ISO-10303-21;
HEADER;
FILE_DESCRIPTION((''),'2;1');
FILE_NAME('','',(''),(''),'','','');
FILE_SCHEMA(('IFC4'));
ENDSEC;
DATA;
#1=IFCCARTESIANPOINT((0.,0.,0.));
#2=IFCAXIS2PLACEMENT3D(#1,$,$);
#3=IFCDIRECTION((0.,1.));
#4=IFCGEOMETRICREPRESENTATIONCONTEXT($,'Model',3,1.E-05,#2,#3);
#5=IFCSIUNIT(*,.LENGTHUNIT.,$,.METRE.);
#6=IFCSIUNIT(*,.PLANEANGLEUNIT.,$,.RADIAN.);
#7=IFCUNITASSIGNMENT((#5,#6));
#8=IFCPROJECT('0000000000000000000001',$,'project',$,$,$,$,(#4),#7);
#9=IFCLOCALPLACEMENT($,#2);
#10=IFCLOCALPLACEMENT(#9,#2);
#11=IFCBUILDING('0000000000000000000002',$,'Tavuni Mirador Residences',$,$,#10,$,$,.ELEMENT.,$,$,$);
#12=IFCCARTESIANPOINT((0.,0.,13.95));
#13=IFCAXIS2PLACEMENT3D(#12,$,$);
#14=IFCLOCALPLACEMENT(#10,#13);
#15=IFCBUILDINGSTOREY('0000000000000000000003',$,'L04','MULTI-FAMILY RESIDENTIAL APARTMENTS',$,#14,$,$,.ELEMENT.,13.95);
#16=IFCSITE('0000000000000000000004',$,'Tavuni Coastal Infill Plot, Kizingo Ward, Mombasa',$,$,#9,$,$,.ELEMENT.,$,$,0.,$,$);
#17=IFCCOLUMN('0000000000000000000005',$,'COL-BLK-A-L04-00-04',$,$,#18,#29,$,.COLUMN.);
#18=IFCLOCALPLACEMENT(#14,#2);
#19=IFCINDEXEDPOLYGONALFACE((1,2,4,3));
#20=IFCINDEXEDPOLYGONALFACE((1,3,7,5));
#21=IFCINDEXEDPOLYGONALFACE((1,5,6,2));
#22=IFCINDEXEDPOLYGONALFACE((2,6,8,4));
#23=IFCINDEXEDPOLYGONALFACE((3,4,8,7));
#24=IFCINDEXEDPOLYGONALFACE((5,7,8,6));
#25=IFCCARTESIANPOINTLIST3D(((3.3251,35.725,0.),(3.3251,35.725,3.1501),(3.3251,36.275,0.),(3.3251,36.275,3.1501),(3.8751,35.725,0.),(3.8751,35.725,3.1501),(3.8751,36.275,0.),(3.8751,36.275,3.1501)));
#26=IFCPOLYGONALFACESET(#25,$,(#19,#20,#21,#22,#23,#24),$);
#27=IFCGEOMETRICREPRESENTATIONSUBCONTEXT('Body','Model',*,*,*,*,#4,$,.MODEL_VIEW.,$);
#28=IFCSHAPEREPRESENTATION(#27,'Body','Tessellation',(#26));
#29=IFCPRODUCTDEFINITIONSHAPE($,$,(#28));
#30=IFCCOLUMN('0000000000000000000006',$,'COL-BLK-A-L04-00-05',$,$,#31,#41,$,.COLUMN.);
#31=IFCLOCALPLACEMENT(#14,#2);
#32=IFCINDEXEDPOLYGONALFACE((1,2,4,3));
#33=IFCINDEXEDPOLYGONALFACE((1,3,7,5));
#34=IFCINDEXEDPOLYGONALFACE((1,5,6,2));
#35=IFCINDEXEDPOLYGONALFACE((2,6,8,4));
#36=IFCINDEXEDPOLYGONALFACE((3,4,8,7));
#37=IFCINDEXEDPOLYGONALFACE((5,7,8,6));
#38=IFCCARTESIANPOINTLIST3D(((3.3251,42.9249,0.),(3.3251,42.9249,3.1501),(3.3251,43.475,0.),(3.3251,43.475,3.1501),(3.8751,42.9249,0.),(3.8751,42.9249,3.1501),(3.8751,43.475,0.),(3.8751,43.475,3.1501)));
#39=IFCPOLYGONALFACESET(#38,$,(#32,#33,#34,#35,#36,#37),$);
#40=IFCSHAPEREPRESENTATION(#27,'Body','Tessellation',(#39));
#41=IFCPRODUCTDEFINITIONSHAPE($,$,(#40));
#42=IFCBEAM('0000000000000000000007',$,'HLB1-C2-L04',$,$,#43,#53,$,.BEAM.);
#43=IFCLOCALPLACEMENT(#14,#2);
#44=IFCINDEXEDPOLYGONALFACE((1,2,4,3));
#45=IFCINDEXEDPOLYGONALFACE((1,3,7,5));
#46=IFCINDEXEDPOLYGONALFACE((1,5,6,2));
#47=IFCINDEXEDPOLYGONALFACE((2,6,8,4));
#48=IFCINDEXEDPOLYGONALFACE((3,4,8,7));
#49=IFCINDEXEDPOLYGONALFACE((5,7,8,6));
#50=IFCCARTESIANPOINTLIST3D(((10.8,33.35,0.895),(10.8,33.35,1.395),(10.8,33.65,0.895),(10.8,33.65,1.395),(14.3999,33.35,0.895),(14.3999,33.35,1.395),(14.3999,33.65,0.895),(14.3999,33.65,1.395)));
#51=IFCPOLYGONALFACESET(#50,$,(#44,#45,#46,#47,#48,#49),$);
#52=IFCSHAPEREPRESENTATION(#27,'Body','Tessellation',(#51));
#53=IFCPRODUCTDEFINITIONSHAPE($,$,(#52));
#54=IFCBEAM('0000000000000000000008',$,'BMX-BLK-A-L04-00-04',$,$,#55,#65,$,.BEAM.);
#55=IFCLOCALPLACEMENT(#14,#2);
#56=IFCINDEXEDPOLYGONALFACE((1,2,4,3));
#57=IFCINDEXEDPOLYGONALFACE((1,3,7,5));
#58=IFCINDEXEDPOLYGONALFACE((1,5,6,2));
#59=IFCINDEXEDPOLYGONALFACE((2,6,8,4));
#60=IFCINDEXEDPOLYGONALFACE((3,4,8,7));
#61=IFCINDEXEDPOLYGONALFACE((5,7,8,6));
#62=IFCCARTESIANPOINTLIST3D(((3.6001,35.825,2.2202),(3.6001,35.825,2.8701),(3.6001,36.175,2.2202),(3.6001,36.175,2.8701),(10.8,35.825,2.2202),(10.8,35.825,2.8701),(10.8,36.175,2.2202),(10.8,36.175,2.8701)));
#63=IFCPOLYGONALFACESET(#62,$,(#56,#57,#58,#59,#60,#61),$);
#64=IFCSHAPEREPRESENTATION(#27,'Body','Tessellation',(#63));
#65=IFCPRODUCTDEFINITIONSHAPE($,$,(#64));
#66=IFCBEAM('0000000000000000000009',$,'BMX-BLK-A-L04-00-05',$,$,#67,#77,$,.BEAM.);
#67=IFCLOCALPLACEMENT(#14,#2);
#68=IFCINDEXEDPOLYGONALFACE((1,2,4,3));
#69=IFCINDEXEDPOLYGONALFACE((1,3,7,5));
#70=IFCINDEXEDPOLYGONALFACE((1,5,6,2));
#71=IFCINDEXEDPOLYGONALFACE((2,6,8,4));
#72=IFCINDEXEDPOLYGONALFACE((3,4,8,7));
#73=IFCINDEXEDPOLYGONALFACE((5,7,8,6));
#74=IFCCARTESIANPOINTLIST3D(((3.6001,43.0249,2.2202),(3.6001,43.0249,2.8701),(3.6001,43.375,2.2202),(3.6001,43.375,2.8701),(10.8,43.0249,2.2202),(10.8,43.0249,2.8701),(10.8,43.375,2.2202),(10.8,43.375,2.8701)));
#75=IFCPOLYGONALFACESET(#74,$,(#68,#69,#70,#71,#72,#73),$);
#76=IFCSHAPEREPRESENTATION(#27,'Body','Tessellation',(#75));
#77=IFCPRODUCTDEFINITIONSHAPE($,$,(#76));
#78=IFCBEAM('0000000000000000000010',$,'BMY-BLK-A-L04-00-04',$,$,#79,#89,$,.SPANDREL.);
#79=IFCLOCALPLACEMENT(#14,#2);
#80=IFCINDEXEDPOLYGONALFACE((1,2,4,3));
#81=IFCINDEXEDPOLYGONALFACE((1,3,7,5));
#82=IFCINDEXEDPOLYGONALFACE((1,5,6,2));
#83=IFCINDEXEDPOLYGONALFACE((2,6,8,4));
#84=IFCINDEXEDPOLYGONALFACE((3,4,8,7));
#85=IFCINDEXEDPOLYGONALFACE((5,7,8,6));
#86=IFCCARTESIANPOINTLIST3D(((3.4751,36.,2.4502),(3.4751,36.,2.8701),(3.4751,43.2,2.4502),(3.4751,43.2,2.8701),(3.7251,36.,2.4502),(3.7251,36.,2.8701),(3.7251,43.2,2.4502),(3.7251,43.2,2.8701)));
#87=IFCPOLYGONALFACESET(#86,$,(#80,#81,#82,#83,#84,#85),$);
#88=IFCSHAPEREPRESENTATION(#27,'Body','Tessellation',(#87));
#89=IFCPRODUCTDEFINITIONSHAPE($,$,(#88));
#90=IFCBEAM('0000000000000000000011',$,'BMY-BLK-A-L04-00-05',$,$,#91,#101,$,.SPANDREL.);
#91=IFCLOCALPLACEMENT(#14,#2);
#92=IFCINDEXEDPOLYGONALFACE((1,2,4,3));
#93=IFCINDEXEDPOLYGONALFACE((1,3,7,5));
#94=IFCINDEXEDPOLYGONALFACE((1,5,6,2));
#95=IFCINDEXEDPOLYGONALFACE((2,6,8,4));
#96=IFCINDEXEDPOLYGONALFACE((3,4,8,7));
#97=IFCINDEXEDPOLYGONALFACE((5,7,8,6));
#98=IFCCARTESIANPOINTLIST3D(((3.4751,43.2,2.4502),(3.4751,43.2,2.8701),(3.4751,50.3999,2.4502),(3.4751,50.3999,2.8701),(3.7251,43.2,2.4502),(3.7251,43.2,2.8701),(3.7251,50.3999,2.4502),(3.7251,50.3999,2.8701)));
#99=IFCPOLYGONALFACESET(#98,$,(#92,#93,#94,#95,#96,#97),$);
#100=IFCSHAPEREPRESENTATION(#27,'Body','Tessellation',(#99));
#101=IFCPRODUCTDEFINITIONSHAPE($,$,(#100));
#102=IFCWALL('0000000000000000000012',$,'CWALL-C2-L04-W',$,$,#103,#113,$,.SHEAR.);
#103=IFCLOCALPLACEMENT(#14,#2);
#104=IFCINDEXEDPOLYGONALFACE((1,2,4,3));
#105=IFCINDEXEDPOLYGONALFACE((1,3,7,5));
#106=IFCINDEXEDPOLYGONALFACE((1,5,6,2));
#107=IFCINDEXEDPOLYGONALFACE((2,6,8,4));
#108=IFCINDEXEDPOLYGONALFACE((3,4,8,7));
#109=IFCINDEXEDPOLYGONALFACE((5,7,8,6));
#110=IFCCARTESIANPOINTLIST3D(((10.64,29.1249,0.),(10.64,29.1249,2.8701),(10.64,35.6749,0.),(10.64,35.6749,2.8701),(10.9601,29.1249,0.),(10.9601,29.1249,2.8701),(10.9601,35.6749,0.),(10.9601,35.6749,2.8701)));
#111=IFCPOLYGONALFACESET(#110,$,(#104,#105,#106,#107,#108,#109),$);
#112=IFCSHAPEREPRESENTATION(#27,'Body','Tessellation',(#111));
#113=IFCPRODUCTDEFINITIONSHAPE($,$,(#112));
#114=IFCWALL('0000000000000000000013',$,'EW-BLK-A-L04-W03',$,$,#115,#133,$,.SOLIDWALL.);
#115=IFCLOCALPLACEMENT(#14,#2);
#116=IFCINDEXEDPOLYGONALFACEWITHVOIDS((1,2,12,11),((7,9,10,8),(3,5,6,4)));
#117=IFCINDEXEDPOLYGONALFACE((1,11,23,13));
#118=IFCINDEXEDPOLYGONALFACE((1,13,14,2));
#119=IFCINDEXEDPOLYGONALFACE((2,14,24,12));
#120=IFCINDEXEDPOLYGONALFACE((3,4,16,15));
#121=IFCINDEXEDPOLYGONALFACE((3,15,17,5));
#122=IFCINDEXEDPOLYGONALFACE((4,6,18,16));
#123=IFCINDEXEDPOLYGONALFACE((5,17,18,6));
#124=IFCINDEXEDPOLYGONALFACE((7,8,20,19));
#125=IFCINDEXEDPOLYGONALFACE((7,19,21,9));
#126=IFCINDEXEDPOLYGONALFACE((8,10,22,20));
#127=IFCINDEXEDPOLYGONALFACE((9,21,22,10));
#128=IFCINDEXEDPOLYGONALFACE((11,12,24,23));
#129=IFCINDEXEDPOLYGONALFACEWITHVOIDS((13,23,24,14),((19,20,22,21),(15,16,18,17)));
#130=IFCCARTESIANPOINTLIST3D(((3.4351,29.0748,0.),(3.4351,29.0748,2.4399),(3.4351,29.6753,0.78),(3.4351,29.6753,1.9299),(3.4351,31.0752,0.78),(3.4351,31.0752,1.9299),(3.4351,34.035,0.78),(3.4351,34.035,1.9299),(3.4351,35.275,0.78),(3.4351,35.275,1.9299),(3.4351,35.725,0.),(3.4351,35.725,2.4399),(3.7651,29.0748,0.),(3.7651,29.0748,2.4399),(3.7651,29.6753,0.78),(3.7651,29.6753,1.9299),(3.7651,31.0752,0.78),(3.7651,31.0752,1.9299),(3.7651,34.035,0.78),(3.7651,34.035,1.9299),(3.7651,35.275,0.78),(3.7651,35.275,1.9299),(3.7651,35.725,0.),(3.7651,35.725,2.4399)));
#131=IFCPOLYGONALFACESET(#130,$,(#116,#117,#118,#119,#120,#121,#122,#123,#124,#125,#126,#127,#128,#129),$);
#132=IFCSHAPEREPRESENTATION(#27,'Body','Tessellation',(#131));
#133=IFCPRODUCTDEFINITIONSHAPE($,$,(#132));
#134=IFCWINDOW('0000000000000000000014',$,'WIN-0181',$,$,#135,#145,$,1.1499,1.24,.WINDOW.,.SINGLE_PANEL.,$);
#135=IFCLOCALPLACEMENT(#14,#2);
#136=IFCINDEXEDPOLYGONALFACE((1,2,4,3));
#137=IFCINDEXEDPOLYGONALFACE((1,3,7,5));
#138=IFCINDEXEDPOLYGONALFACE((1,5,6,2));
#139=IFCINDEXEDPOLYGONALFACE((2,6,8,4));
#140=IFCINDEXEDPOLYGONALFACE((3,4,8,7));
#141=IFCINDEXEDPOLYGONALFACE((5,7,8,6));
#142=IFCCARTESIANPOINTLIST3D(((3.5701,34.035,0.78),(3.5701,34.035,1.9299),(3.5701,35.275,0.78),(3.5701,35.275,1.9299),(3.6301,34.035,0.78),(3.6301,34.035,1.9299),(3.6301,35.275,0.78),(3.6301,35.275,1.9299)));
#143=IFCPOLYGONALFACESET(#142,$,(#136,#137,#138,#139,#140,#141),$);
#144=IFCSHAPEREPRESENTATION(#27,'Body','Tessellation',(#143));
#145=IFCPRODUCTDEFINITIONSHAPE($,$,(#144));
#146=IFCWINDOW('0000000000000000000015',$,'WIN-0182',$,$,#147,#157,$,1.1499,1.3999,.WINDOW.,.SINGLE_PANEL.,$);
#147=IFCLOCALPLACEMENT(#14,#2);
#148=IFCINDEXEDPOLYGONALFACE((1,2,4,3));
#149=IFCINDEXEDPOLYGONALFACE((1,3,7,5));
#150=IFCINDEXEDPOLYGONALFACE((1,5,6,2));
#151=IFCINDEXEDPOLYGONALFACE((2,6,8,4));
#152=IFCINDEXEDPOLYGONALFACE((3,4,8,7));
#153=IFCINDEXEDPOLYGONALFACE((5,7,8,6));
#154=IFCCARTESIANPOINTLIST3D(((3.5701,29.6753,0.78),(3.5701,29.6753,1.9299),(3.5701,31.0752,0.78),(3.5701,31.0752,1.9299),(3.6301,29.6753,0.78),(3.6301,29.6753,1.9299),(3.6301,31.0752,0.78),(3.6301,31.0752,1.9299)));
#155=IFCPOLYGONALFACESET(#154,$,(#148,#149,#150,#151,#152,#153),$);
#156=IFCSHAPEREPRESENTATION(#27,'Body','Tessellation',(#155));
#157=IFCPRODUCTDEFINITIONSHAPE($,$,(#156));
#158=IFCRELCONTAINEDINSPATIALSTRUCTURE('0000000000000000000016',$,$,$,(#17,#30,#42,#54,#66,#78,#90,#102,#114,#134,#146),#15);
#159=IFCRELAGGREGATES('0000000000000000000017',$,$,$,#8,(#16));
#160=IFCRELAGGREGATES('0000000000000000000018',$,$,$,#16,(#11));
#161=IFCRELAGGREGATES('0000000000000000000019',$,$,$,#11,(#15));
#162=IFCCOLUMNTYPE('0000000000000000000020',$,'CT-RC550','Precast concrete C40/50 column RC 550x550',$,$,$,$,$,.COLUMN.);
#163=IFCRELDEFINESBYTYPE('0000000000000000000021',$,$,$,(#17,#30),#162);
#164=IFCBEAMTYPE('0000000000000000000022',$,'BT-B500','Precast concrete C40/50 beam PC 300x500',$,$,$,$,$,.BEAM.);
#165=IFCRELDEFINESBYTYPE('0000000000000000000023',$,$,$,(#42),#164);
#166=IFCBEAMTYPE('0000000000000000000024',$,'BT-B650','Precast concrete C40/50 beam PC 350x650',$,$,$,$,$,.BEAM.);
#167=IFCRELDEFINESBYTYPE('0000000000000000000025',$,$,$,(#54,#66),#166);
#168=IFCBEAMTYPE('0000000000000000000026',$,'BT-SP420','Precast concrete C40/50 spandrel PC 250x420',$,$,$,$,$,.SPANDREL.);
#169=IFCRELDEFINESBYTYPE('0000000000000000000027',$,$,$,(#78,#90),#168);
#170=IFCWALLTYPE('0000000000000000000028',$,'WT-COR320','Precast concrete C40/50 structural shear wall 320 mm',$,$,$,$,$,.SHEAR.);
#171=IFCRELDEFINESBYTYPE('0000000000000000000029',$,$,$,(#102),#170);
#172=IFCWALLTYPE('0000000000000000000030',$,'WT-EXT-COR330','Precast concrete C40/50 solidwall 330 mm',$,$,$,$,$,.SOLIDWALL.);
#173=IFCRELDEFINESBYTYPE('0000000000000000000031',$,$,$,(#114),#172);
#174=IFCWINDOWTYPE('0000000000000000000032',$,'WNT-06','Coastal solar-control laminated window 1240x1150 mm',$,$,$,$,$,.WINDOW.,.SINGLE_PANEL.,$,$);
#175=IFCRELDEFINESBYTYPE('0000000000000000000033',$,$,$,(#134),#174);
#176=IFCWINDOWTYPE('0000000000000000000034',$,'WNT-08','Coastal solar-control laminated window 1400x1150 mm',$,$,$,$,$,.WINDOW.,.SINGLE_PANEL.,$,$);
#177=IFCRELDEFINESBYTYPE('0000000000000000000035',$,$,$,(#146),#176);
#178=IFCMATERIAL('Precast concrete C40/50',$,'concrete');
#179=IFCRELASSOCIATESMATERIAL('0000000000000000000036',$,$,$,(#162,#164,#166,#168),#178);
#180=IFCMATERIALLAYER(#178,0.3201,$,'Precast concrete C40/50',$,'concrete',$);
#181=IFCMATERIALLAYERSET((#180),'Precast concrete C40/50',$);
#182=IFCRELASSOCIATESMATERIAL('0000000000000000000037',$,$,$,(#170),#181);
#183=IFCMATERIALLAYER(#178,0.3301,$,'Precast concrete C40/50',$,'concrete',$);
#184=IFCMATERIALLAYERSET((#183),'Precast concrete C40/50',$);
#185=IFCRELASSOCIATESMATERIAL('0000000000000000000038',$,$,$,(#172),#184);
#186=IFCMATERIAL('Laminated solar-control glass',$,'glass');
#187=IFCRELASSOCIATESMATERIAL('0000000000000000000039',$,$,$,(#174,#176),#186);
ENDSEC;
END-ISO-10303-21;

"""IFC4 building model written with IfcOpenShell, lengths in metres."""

from ifc_helpers import new_model, si_unit, direction, frame, frame_2d, origin, origin_2d, place, context, subcontext, project, spatial, rectangle, extrude, material, layer, layer_set, material_profile, profile_set, type_object, element, fill, save


model = new_model("IFC4")

# Units and contexts
model_context = context("Model", 3, precision=1e-05, world=origin(), true_north=direction((0.0, 1.0)))
body_context = subcontext(model_context, "Body", "Model", "MODEL_VIEW")
ifc_project = project(units=[si_unit("LENGTHUNIT", "METRE"), si_unit("PLANEANGLEUNIT", "RADIAN")], contexts=[model_context])

# Site, building, storey
site_placement = place(None, origin())
site = spatial("IfcSite", under=ifc_project, at=site_placement, Name="Tavuni Coastal Infill Plot, Kizingo Ward, Mombasa", CompositionType="ELEMENT", RefElevation=0.0)
building_placement = place(site_placement, origin())
building = spatial("IfcBuilding", under=site, at=building_placement, Name="Tavuni Mirador Residences", CompositionType="ELEMENT")
storey_placement = place(building_placement, frame((0.0, 0.0, 13.95)))
storey = spatial("IfcBuildingStorey", under=building, at=storey_placement, Name="L04", Description="MULTI-FAMILY RESIDENTIAL APARTMENTS", CompositionType="ELEMENT", Elevation=13.95)

# Columns
ifc_material_1 = material(Name="Precast concrete C40/50", Category="concrete")
ifc_material_profile_1 = material_profile(ifc_material_1, rectangle(XDim=0.55, YDim=0.55, at=origin_2d()), Name="RC 550x550", Category="concrete")
ifc_profile_set_1 = profile_set([ifc_material_profile_1], Name="Precast concrete C40/50")
column_type = type_object("IfcColumnType", Name="CT-RC550", Description="Precast concrete C40/50 column RC 550x550", PredefinedType="COLUMN", material=ifc_profile_set_1)
for number, where, z_axis, x_axis, name in (
    (1, (3.6001, 36.0, 0.0), (0.0, 0.0, 1.0), (1.0, 0.0, 0.0), "COL-BLK-A-L04-00-04"),
    (2, (3.6001, 43.2, 0.0), (0.0, 0.0, 1.0), (1.0, 0.0, 0.0), "COL-BLK-A-L04-00-05"),
):
    element("IfcColumn", number, at=place(storey_placement, frame(where, z_axis=z_axis, x_axis=x_axis)), inside=storey, type_object=column_type, Name=name, PredefinedType="COLUMN", context=body_context, shape_type="SweptSolid", body=[
        extrude(rectangle(XDim=0.55, YDim=0.55, at=origin_2d()), origin(), (0.0, 0.0, 1.0), 3.1501),
    ])

# Beams
ifc_material_profile_2 = material_profile(ifc_material_1, rectangle(XDim=0.3, YDim=0.5, at=origin_2d()), Name="PC 300x500", Category="concrete")
ifc_profile_set_2 = profile_set([ifc_material_profile_2], Name="Precast concrete C40/50")
beam_type_1 = type_object("IfcBeamType", Name="BT-B500", Description="Precast concrete C40/50 beam PC 300x500", PredefinedType="BEAM", material=ifc_profile_set_2)
beam_placement = place(storey_placement, frame((10.8, 33.5, 1.145), z_axis=(1.0, 0.0, 0.0), x_axis=(0.0, 1.0, 0.0)))
element("IfcBeam", 3, at=beam_placement, inside=storey, type_object=beam_type_1, Name="HLB1-C2-L04", PredefinedType="BEAM", context=body_context, shape_type="SweptSolid", body=[
    extrude(rectangle(XDim=0.3, YDim=0.5, at=origin_2d()), origin(), (0.0, 0.0, 1.0), 3.5999),
])
ifc_material_profile_3 = material_profile(ifc_material_1, rectangle(XDim=0.3501, YDim=0.6499, at=origin_2d()), Name="PC 350x650", Category="concrete")
ifc_profile_set_3 = profile_set([ifc_material_profile_3], Name="Precast concrete C40/50")
beam_type_2 = type_object("IfcBeamType", Name="BT-B650", Description="Precast concrete C40/50 beam PC 350x650", PredefinedType="BEAM", material=ifc_profile_set_3)
for number, where, z_axis, x_axis, name in (
    (4, (3.6001, 36.0, 2.5452), (1.0, 0.0, 0.0), (0.0, 1.0, 0.0), "BMX-BLK-A-L04-00-04"),
    (5, (3.6001, 43.2, 2.5452), (1.0, 0.0, 0.0), (0.0, 1.0, 0.0), "BMX-BLK-A-L04-00-05"),
):
    element("IfcBeam", number, at=place(storey_placement, frame(where, z_axis=z_axis, x_axis=x_axis)), inside=storey, type_object=beam_type_2, Name=name, PredefinedType="BEAM", context=body_context, shape_type="SweptSolid", body=[
        extrude(rectangle(XDim=0.3501, YDim=0.6499, at=origin_2d()), origin(), (0.0, 0.0, 1.0), 7.2),
    ])
ifc_material_profile_4 = material_profile(ifc_material_1, rectangle(XDim=0.25, YDim=0.4199, at=origin_2d()), Name="PC 250x420", Category="concrete")
ifc_profile_set_4 = profile_set([ifc_material_profile_4], Name="Precast concrete C40/50")
beam_type_3 = type_object("IfcBeamType", Name="BT-SP420", Description="Precast concrete C40/50 spandrel PC 250x420", PredefinedType="SPANDREL", material=ifc_profile_set_4)
for number, where, z_axis, x_axis, name in (
    (6, (3.6001, 36.0, 2.6602), (0.0, 1.0, 0.0), (-1.0, 0.0, 0.0), "BMY-BLK-A-L04-00-04"),
    (7, (3.6001, 43.2, 2.6602), (0.0, 1.0, 0.0), (-1.0, 0.0, 0.0), "BMY-BLK-A-L04-00-05"),
):
    element("IfcBeam", number, at=place(storey_placement, frame(where, z_axis=z_axis, x_axis=x_axis)), inside=storey, type_object=beam_type_3, Name=name, PredefinedType="SPANDREL", context=body_context, shape_type="SweptSolid", body=[
        extrude(rectangle(XDim=0.25, YDim=0.4199, at=origin_2d()), origin(), (0.0, 0.0, 1.0), 7.2),
    ])

# Wall
ifc_layer_1 = layer(ifc_material_1, 0.3201, Name="Precast concrete C40/50", Category="concrete")
ifc_layer_set_1 = layer_set([ifc_layer_1], Name="Precast concrete C40/50")
wall_type_1 = type_object("IfcWallType", Name="WT-COR320", Description="Precast concrete C40/50 structural shear wall 320 mm", PredefinedType="SHEAR", material=ifc_layer_set_1)
wall_1_placement = place(storey_placement, frame((10.8, 29.125, 0.0), z_axis=(0.0, 0.0, 1.0), x_axis=(0.0, 1.0, 0.0)))
element("IfcWall", 8, at=wall_1_placement, inside=storey, type_object=wall_type_1, Name="CWALL-C2-L04-W", PredefinedType="SHEAR", context=body_context, shape_type="SweptSolid", body=[
    extrude(rectangle(XDim=6.55, YDim=0.3201, at=frame_2d((3.2749, 0.0))), origin(), (0.0, 0.0, 1.0), 2.8701),
])

# Wall, openings, windows
ifc_layer_2 = layer(ifc_material_1, 0.3301, Name="Precast concrete C40/50", Category="concrete")
ifc_layer_set_2 = layer_set([ifc_layer_2], Name="Precast concrete C40/50")
wall_type_2 = type_object("IfcWallType", Name="WT-EXT-COR330", Description="Precast concrete C40/50 solidwall 330 mm", PredefinedType="SOLIDWALL", material=ifc_layer_set_2)
wall_2_placement = place(storey_placement, frame((3.6001, 35.7251, 0.0), z_axis=(0.0, 0.0, 1.0), x_axis=(0.0, -1.0, 0.0)))
wall_2 = element("IfcWall", 9, at=wall_2_placement, inside=storey, type_object=wall_type_2, Name="EW-BLK-A-L04-W03", PredefinedType="SOLIDWALL", context=body_context, shape_type="SweptSolid", body=[
    extrude(rectangle(XDim=6.6501, YDim=0.3301, at=frame_2d((3.3252, 0.0))), origin(), (0.0, 0.0, 1.0), 2.4399),
])
opening_1_placement = place(wall_2_placement, frame((0.45, 0.0, 0.78)))
opening_1 = element("IfcOpeningElement", 10, at=opening_1_placement, cuts=wall_2, PredefinedType="OPENING", context=body_context, shape_type="SweptSolid", body=[
    extrude(rectangle(XDim=1.24, YDim=1.1499, at=frame_2d((0.6201, 0.575))), frame((0.0, 0.175, 0.0), z_axis=(0.0, -1.0, 0.0), x_axis=(1.0, 0.0, 0.0)), (0.0, 0.0, 1.0), 0.3501),
])
opening_2_placement = place(wall_2_placement, frame((4.6499, 0.0, 0.78)))
opening_2 = element("IfcOpeningElement", 11, at=opening_2_placement, cuts=wall_2, PredefinedType="OPENING", context=body_context, shape_type="SweptSolid", body=[
    extrude(rectangle(XDim=1.3999, YDim=1.1499, at=frame_2d((0.7, 0.575))), frame((0.0, 0.175, 0.0), z_axis=(0.0, -1.0, 0.0), x_axis=(1.0, 0.0, 0.0)), (0.0, 0.0, 1.0), 0.3501),
])
ifc_material_2 = material(Name="Laminated solar-control glass", Category="glass")
window_type_1 = type_object("IfcWindowType", Name="WNT-06", Description="Coastal solar-control laminated window 1240x1150 mm", PartitioningType="SINGLE_PANEL", PredefinedType="WINDOW", material=ifc_material_2)
window_1_placement = place(opening_1_placement, origin())
window_1 = element("IfcWindow", 12, at=window_1_placement, inside=storey, type_object=window_type_1, Name="WIN-0181", OverallHeight=1.1499, OverallWidth=1.24, PartitioningType="SINGLE_PANEL", PredefinedType="WINDOW", context=body_context, shape_type="SweptSolid", body=[
    extrude(rectangle(XDim=1.24, YDim=1.1499, at=frame_2d((0.6201, 0.575))), frame((0.0, 0.03, 0.0), z_axis=(0.0, -1.0, 0.0), x_axis=(1.0, 0.0, 0.0)), (0.0, 0.0, 1.0), 0.0601),
])
fill(opening_1, window_1)
window_type_2 = type_object("IfcWindowType", Name="WNT-08", Description="Coastal solar-control laminated window 1400x1150 mm", PartitioningType="SINGLE_PANEL", PredefinedType="WINDOW", material=ifc_material_2)
window_2_placement = place(opening_2_placement, origin())
window_2 = element("IfcWindow", 13, at=window_2_placement, inside=storey, type_object=window_type_2, Name="WIN-0182", OverallHeight=1.1499, OverallWidth=1.3999, PartitioningType="SINGLE_PANEL", PredefinedType="WINDOW", context=body_context, shape_type="SweptSolid", body=[
    extrude(rectangle(XDim=1.3999, YDim=1.1499, at=frame_2d((0.7, 0.575))), frame((0.0, 0.03, 0.0), z_axis=(0.0, -1.0, 0.0), x_axis=(1.0, 0.0, 0.0)), (0.0, 0.0, 1.0), 0.0601),
])
fill(opening_2, window_2)

save(model, "model.ifc")
